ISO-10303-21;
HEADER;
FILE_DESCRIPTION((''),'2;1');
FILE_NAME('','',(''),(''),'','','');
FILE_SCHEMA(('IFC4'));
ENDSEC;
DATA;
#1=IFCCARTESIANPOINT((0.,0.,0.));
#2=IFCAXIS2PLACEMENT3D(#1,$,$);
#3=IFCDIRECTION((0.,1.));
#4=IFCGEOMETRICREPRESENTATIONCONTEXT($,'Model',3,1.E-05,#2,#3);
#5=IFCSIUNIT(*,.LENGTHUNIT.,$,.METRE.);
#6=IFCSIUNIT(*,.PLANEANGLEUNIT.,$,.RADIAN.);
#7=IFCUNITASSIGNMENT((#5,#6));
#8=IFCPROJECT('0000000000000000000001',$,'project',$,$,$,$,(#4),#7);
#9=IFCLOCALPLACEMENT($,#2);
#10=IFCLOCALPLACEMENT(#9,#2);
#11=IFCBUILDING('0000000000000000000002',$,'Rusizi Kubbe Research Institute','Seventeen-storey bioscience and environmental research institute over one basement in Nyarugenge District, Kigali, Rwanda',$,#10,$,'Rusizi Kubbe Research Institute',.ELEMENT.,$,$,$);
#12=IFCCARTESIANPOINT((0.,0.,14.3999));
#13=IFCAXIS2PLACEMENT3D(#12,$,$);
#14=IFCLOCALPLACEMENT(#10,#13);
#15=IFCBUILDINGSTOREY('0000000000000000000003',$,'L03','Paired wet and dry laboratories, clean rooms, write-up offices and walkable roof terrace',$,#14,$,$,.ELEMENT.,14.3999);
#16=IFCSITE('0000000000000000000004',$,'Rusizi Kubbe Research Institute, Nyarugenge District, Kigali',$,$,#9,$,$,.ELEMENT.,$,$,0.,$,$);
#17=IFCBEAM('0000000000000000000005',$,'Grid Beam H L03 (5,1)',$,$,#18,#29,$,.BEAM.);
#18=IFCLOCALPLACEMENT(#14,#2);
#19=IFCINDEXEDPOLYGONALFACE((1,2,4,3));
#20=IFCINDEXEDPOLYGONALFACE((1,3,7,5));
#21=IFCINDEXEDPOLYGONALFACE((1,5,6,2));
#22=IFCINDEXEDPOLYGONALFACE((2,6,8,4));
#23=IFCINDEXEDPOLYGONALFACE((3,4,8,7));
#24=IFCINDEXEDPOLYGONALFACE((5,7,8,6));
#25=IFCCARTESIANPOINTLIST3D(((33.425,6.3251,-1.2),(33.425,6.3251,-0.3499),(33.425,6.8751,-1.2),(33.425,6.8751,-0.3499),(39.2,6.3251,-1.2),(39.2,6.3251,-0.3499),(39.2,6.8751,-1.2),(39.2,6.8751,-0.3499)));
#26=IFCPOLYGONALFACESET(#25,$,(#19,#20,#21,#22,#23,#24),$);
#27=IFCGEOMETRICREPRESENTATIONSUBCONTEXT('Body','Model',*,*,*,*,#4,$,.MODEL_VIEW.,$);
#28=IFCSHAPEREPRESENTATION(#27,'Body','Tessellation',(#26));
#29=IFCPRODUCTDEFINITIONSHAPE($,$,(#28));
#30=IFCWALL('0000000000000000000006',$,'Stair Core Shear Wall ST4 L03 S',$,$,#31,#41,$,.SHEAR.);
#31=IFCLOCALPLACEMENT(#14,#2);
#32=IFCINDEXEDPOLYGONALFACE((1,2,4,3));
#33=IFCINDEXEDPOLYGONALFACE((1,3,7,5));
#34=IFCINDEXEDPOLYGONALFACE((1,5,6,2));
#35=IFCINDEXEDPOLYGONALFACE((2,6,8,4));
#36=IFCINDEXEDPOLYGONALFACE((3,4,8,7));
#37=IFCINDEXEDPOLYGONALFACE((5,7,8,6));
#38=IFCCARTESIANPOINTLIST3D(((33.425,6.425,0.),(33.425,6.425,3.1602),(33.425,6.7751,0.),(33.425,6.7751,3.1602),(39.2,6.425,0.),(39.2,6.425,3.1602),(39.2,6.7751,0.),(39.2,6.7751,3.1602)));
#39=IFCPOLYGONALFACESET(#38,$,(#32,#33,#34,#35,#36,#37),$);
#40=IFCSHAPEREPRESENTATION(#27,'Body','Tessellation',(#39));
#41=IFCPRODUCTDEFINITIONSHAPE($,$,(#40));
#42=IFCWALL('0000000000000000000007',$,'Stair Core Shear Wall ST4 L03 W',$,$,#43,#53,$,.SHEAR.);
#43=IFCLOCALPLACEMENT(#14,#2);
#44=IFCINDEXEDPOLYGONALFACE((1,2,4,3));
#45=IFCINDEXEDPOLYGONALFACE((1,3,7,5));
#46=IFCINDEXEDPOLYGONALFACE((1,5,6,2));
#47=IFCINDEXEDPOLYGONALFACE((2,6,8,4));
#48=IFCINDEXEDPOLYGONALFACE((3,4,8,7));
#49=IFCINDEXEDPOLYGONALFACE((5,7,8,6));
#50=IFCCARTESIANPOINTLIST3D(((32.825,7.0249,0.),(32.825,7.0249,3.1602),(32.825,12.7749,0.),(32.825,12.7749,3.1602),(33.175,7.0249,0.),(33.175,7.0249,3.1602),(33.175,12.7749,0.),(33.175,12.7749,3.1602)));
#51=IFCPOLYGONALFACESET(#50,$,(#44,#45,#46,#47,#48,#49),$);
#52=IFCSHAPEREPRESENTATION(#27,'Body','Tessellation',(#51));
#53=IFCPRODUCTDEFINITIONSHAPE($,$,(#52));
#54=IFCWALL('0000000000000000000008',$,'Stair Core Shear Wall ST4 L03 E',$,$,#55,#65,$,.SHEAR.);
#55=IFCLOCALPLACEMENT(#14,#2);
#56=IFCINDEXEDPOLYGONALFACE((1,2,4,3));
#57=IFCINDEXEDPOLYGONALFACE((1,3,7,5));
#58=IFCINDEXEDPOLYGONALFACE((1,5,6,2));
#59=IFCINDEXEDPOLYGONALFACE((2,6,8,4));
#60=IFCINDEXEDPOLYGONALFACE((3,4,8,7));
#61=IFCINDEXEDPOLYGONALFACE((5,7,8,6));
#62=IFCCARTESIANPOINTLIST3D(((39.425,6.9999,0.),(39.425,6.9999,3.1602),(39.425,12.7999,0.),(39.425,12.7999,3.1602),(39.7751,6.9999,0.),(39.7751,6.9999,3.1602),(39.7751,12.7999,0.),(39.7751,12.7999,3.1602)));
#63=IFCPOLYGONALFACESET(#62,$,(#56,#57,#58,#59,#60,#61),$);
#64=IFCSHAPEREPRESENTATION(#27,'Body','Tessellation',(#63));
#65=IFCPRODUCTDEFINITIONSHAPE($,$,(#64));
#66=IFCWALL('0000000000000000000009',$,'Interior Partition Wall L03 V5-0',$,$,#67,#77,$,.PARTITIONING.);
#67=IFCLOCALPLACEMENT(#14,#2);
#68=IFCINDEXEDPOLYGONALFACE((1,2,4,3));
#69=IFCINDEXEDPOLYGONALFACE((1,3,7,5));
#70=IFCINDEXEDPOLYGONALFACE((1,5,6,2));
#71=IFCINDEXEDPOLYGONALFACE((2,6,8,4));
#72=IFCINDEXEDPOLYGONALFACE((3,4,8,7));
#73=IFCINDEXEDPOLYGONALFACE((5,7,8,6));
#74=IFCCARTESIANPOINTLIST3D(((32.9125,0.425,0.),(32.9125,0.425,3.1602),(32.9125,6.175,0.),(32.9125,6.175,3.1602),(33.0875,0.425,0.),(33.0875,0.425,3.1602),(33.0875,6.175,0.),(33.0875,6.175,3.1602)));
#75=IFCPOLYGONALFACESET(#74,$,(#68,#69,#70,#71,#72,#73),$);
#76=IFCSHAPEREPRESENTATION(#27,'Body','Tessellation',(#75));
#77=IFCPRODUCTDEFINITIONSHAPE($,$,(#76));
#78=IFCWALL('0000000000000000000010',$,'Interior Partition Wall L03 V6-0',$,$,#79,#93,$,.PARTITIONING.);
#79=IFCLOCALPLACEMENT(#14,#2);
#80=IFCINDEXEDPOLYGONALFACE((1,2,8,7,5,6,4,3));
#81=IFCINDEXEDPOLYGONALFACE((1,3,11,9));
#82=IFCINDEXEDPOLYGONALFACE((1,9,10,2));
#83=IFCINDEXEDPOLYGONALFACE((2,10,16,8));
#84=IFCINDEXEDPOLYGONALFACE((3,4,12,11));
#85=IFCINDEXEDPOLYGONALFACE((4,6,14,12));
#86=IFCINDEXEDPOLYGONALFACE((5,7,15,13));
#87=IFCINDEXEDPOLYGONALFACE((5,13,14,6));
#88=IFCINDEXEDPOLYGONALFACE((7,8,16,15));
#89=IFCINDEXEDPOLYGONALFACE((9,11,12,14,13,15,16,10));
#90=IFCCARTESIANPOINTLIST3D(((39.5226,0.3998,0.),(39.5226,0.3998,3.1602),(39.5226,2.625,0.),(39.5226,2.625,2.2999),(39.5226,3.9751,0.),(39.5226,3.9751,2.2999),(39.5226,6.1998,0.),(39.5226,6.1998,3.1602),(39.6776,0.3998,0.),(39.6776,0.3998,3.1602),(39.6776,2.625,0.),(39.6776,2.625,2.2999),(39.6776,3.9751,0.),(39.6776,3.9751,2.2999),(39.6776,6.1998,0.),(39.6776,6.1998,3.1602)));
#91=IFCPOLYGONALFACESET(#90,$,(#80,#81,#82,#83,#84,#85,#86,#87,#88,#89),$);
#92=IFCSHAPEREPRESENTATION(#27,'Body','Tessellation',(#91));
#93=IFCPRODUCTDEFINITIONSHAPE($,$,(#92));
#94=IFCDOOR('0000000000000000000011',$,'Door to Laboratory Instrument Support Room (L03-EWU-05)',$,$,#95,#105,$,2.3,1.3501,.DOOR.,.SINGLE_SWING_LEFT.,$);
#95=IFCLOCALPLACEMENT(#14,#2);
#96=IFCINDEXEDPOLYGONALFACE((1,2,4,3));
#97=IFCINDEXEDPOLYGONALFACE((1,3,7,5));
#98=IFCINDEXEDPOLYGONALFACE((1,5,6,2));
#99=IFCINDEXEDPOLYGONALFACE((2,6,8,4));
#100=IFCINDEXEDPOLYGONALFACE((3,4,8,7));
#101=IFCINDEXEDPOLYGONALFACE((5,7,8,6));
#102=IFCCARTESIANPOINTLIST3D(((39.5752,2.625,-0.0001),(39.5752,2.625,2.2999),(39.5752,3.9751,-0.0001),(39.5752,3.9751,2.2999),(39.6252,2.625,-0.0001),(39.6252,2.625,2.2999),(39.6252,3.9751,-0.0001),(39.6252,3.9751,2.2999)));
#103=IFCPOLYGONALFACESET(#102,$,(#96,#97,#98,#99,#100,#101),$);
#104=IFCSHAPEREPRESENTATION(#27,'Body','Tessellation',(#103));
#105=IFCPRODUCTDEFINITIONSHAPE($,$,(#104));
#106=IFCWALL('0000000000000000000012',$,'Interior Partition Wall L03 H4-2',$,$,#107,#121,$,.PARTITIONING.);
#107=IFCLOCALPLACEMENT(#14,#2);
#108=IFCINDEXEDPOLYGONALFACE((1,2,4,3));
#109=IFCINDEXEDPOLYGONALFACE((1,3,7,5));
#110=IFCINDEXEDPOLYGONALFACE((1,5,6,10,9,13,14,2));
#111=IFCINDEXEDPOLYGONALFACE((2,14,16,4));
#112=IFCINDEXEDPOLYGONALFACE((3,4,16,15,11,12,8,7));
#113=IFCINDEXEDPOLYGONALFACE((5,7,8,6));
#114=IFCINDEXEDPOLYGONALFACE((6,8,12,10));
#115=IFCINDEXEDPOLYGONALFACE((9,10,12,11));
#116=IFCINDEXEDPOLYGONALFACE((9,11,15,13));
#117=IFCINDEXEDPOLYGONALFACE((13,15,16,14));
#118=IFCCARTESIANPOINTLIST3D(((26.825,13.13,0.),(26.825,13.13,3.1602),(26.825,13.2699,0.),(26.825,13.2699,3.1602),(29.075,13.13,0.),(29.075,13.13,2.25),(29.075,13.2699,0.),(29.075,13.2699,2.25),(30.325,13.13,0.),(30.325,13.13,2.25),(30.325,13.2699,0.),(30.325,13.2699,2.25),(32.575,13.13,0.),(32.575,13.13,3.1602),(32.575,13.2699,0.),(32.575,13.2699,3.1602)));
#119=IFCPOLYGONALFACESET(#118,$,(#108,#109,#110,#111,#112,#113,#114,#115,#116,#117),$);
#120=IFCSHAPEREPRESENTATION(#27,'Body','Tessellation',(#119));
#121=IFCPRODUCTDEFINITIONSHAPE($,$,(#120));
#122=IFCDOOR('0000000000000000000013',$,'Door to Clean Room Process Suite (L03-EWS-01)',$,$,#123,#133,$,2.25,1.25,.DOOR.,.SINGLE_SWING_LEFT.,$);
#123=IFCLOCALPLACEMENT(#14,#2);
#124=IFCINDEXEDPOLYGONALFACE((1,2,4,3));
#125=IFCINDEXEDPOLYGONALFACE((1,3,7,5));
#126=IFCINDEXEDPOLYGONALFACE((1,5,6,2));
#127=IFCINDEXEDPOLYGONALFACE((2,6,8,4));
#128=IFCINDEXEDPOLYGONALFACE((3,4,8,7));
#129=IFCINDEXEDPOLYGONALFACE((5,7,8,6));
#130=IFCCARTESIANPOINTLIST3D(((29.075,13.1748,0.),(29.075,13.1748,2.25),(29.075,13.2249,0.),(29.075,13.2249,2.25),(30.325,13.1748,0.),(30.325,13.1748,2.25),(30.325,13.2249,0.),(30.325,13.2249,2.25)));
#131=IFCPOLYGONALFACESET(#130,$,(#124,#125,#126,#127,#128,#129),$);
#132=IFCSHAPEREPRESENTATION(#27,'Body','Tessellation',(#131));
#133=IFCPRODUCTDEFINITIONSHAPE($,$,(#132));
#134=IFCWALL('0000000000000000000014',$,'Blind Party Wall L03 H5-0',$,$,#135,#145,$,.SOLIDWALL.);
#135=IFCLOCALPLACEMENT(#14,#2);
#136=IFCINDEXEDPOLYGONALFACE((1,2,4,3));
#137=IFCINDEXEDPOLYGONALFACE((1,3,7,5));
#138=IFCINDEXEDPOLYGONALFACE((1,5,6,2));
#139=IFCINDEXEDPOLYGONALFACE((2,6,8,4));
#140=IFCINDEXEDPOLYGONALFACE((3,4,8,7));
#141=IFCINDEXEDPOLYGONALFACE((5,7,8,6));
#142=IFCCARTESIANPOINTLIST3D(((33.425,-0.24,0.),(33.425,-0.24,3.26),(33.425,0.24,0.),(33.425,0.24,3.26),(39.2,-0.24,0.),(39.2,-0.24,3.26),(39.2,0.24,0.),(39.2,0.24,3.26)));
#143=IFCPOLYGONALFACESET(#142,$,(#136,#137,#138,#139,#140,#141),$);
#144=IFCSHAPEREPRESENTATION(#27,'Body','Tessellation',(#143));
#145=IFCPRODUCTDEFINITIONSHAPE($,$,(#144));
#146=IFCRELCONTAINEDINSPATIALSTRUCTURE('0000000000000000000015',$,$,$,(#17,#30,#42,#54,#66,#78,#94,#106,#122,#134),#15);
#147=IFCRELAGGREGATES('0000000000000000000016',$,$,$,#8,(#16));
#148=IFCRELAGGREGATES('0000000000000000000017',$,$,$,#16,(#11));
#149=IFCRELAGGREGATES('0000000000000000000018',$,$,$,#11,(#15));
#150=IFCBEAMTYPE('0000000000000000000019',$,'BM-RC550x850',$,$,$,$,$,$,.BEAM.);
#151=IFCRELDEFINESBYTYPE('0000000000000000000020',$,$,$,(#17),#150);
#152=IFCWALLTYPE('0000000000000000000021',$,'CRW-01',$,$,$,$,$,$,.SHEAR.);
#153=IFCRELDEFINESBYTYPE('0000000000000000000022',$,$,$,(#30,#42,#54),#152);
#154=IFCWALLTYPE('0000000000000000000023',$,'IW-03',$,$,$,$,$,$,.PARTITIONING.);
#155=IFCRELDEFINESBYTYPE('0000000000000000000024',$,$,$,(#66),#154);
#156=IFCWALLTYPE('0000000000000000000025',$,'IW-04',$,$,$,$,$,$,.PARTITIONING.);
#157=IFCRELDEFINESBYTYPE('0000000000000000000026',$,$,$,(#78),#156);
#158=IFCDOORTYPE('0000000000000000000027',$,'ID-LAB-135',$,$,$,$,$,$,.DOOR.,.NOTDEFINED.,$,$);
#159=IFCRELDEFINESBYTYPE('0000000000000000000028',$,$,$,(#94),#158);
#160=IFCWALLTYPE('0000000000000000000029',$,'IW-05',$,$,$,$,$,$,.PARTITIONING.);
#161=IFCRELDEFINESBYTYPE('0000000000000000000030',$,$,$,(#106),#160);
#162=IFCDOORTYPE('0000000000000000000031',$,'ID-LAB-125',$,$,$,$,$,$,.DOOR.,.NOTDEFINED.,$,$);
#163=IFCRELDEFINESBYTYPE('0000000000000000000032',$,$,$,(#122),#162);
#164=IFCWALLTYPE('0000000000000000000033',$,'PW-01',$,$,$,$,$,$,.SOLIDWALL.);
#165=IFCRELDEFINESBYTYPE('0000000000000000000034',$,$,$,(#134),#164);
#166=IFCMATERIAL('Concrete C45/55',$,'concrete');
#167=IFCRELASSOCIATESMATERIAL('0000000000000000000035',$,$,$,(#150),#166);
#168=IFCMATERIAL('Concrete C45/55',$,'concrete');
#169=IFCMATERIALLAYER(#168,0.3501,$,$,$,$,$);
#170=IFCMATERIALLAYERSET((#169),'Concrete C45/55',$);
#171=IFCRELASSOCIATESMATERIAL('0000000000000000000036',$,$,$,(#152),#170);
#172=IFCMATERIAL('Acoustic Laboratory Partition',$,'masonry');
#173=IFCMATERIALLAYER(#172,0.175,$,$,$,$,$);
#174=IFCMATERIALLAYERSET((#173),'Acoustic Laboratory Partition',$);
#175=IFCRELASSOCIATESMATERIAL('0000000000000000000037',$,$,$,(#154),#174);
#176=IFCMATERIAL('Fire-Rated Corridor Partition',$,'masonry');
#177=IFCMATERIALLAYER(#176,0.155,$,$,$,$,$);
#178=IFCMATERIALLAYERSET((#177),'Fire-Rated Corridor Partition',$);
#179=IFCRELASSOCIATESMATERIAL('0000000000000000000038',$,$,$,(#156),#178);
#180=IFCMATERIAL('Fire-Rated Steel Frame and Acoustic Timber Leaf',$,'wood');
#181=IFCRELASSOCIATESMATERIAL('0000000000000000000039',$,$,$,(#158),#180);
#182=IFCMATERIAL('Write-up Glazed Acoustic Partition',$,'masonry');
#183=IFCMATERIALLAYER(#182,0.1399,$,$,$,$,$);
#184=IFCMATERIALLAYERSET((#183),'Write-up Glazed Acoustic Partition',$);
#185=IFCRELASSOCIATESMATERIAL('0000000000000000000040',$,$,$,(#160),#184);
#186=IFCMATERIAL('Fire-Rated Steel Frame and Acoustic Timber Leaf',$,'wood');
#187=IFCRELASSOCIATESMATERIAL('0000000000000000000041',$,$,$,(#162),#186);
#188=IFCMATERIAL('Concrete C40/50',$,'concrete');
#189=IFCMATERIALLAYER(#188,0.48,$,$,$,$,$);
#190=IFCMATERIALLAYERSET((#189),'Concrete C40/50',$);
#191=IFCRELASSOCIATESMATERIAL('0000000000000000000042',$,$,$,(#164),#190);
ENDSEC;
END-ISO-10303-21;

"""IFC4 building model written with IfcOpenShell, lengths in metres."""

from ifc_helpers import new_model, si_unit, direction, frame, frame_2d, origin, origin_2d, place, context, subcontext, project, spatial, rectangle, extrude, material, layer, layer_set, material_profile, profile_set, type_object, element, fill, save


model = new_model("IFC4")

# Units and contexts
model_context = context("Model", 3, precision=1e-05, world=origin(), true_north=direction((0.0, 1.0)))
body_context = subcontext(model_context, "Body", "Model", "MODEL_VIEW")
ifc_project = project(units=[si_unit("LENGTHUNIT", "METRE"), si_unit("PLANEANGLEUNIT", "RADIAN")], contexts=[model_context])

# Site, building, storey
site_placement = place(None, origin())
site = spatial("IfcSite", under=ifc_project, at=site_placement, Name="Rusizi Kubbe Research Institute, Nyarugenge District, Kigali", CompositionType="ELEMENT", RefElevation=0.0)
building_placement = place(site_placement, origin())
building = spatial("IfcBuilding", under=site, at=building_placement, Name="Rusizi Kubbe Research Institute", Description="Seventeen-storey bioscience and environmental research institute over one basement in Nyarugenge District, Kigali, Rwanda", LongName="Rusizi Kubbe Research Institute", CompositionType="ELEMENT")
storey_placement = place(building_placement, frame((0.0, 0.0, 14.3999)))
storey = spatial("IfcBuildingStorey", under=building, at=storey_placement, Name="L03", Description="Paired wet and dry laboratories, clean rooms, write-up offices and walkable roof terrace", CompositionType="ELEMENT", Elevation=14.3999)

# Beam
ifc_material_1 = material(Name="Concrete C45/55", Category="concrete")
ifc_material_profile_1 = material_profile(ifc_material_1, rectangle(XDim=0.55, YDim=0.8501, at=origin_2d()), Name="RC550x850")
ifc_profile_set_1 = profile_set([ifc_material_profile_1], Name="Concrete C45/55")
beam_type_1 = type_object("IfcBeamType", Name="BM-RC550x850", PredefinedType="BEAM", material=ifc_profile_set_1)
beam_1_placement = place(storey_placement, frame((33.425, 6.6001, -0.7749), z_axis=(1.0, 0.0, 0.0), x_axis=(0.0, 1.0, 0.0)))
element("IfcBeam", 1, at=beam_1_placement, inside=storey, type_object=beam_type_1, Name="Grid Beam H L03 (5,1)", PredefinedType="BEAM", context=body_context, shape_type="SweptSolid", body=[
    extrude(rectangle(XDim=0.55, YDim=0.8501, at=origin_2d()), origin(), (0.0, 0.0, 1.0), 5.7749),
])

# Wall
ifc_material_2 = material(Name="Concrete C45/55", Category="concrete")
ifc_layer_1 = layer(ifc_material_2, 0.3501)
ifc_layer_set_1 = layer_set([ifc_layer_1], Name="Concrete C45/55")
wall_type_1 = type_object("IfcWallType", Name="CRW-01", PredefinedType="SHEAR", material=ifc_layer_set_1)
wall_1_placement = place(storey_placement, frame((33.425, 6.6001, 0.0), z_axis=(0.0, 0.0, 1.0), x_axis=(1.0, 0.0, 0.0)))
element("IfcWall", 2, at=wall_1_placement, inside=storey, type_object=wall_type_1, Name="Stair Core Shear Wall ST4 L03 S", PredefinedType="SHEAR", context=body_context, shape_type="SweptSolid", body=[
    extrude(rectangle(XDim=5.7749, YDim=0.3501, at=frame_2d((2.8875, 0.0))), origin(), (0.0, 0.0, 1.0), 3.1602),
])

# Walls
wall_2_placement = place(storey_placement, frame((33.0, 7.0249, 0.0), z_axis=(0.0, 0.0, 1.0), x_axis=(0.0, 1.0, 0.0)))
element("IfcWall", 3, at=wall_2_placement, inside=storey, type_object=wall_type_1, Name="Stair Core Shear Wall ST4 L03 W", PredefinedType="SHEAR", context=body_context, shape_type="SweptSolid", body=[
    extrude(rectangle(XDim=5.75, YDim=0.3501, at=frame_2d((2.875, 0.0))), origin(), (0.0, 0.0, 1.0), 3.1602),
])
wall_3_placement = place(storey_placement, frame((39.6001, 7.0, 0.0), z_axis=(0.0, 0.0, 1.0), x_axis=(0.0, 1.0, 0.0)))
element("IfcWall", 4, at=wall_3_placement, inside=storey, type_object=wall_type_1, Name="Stair Core Shear Wall ST4 L03 E", PredefinedType="SHEAR", context=body_context, shape_type="SweptSolid", body=[
    extrude(rectangle(XDim=5.8, YDim=0.3501, at=frame_2d((2.8999, 0.0))), origin(), (0.0, 0.0, 1.0), 3.1602),
])
ifc_material_3 = material(Name="Acoustic Laboratory Partition", Category="masonry")
ifc_layer_2 = layer(ifc_material_3, 0.175)
ifc_layer_set_2 = layer_set([ifc_layer_2], Name="Acoustic Laboratory Partition")
wall_type_2 = type_object("IfcWallType", Name="IW-03", PredefinedType="PARTITIONING", material=ifc_layer_set_2)
wall_4_placement = place(storey_placement, frame((33.0, 0.425, 0.0), z_axis=(0.0, 0.0, 1.0), x_axis=(0.0, 1.0, 0.0)))
element("IfcWall", 5, at=wall_4_placement, inside=storey, type_object=wall_type_2, Name="Interior Partition Wall L03 V5-0", PredefinedType="PARTITIONING", context=body_context, shape_type="SweptSolid", body=[
    extrude(rectangle(XDim=5.75, YDim=0.175, at=frame_2d((2.875, 0.0))), origin(), (0.0, 0.0, 1.0), 3.1602),
])

# Walls, openings, doors
ifc_material_4 = material(Name="Fire-Rated Corridor Partition", Category="masonry")
ifc_layer_3 = layer(ifc_material_4, 0.155)
ifc_layer_set_3 = layer_set([ifc_layer_3], Name="Fire-Rated Corridor Partition")
wall_type_3 = type_object("IfcWallType", Name="IW-04", PredefinedType="PARTITIONING", material=ifc_layer_set_3)
wall_5_placement = place(storey_placement, frame((39.6001, 0.3999, 0.0), z_axis=(0.0, 0.0, 1.0), x_axis=(0.0, 1.0, 0.0)))
wall_5 = element("IfcWall", 6, at=wall_5_placement, inside=storey, type_object=wall_type_3, Name="Interior Partition Wall L03 V6-0", PredefinedType="PARTITIONING", context=body_context, shape_type="SweptSolid", body=[
    extrude(rectangle(XDim=5.8, YDim=0.155, at=frame_2d((2.8999, 0.0))), origin(), (0.0, 0.0, 1.0), 3.1602),
])
opening_1_placement = place(wall_5_placement, frame((2.2251, 0.0, 0.0)))
opening_1 = element("IfcOpeningElement", 7, at=opening_1_placement, cuts=wall_5, PredefinedType="OPENING", context=body_context, shape_type="SweptSolid", body=[
    extrude(rectangle(XDim=1.3501, YDim=2.3, at=frame_2d((0.675, 1.1499))), frame((0.0, 0.0874, 0.0), z_axis=(0.0, -1.0, 0.0), x_axis=(1.0, 0.0, 0.0)), (0.0, 0.0, 1.0), 0.175),
])
ifc_material_5 = material(Name="Fire-Rated Steel Frame and Acoustic Timber Leaf", Category="wood")
door_type_1 = type_object("IfcDoorType", Name="ID-LAB-135", OperationType="NOTDEFINED", PredefinedType="DOOR", material=ifc_material_5)
door_1_placement = place(opening_1_placement, origin())
door_1 = element("IfcDoor", 8, at=door_1_placement, inside=storey, type_object=door_type_1, Name="Door to Laboratory Instrument Support Room (L03-EWU-05)", OperationType="SINGLE_SWING_LEFT", OverallHeight=2.3, OverallWidth=1.3501, PredefinedType="DOOR", context=body_context, shape_type="SweptSolid", body=[
    extrude(rectangle(XDim=1.3501, YDim=2.3, at=frame_2d((0.675, 1.1499))), frame((0.0, 0.0249, 0.0), z_axis=(0.0, -1.0, 0.0), x_axis=(1.0, 0.0, 0.0)), (0.0, 0.0, 1.0), 0.05),
])
fill(opening_1, door_1)
ifc_material_6 = material(Name="Write-up Glazed Acoustic Partition", Category="masonry")
ifc_layer_4 = layer(ifc_material_6, 0.1399)
ifc_layer_set_4 = layer_set([ifc_layer_4], Name="Write-up Glazed Acoustic Partition")
wall_type_4 = type_object("IfcWallType", Name="IW-05", PredefinedType="PARTITIONING", material=ifc_layer_set_4)
wall_6_placement = place(storey_placement, frame((26.825, 13.2, 0.0), z_axis=(0.0, 0.0, 1.0), x_axis=(1.0, 0.0, 0.0)))
wall_6 = element("IfcWall", 9, at=wall_6_placement, inside=storey, type_object=wall_type_4, Name="Interior Partition Wall L03 H4-2", PredefinedType="PARTITIONING", context=body_context, shape_type="SweptSolid", body=[
    extrude(rectangle(XDim=5.75, YDim=0.1399, at=frame_2d((2.875, 0.0))), origin(), (0.0, 0.0, 1.0), 3.1602),
])
opening_2_placement = place(wall_6_placement, frame((2.25, 0.0, 0.0)))
opening_2 = element("IfcOpeningElement", 10, at=opening_2_placement, cuts=wall_6, PredefinedType="OPENING", context=body_context, shape_type="SweptSolid", body=[
    extrude(rectangle(XDim=1.25, YDim=2.25, at=frame_2d((0.625, 1.125))), frame((0.0, 0.0798, 0.0), z_axis=(0.0, -1.0, 0.0), x_axis=(1.0, 0.0, 0.0)), (0.0, 0.0, 1.0), 0.1599),
])
ifc_material_7 = material(Name="Fire-Rated Steel Frame and Acoustic Timber Leaf", Category="wood")
door_type_2 = type_object("IfcDoorType", Name="ID-LAB-125", OperationType="NOTDEFINED", PredefinedType="DOOR", material=ifc_material_7)
door_2_placement = place(opening_2_placement, origin())
door_2 = element("IfcDoor", 11, at=door_2_placement, inside=storey, type_object=door_type_2, Name="Door to Clean Room Process Suite (L03-EWS-01)", OperationType="SINGLE_SWING_LEFT", OverallHeight=2.25, OverallWidth=1.25, PredefinedType="DOOR", context=body_context, shape_type="SweptSolid", body=[
    extrude(rectangle(XDim=1.25, YDim=2.25, at=frame_2d((0.625, 1.125))), frame((0.0, 0.0249, 0.0), z_axis=(0.0, -1.0, 0.0), x_axis=(1.0, 0.0, 0.0)), (0.0, 0.0, 1.0), 0.05),
])
fill(opening_2, door_2)

# Wall
ifc_material_8 = material(Name="Concrete C40/50", Category="concrete")
ifc_layer_5 = layer(ifc_material_8, 0.48)
ifc_layer_set_5 = layer_set([ifc_layer_5], Name="Concrete C40/50")
wall_type_5 = type_object("IfcWallType", Name="PW-01", PredefinedType="SOLIDWALL", material=ifc_layer_set_5)
wall_7_placement = place(storey_placement, frame((33.425, 0.0, 0.0), z_axis=(0.0, 0.0, 1.0), x_axis=(1.0, 0.0, 0.0)))
element("IfcWall", 12, at=wall_7_placement, inside=storey, type_object=wall_type_5, Name="Blind Party Wall L03 H5-0", PredefinedType="SOLIDWALL", context=body_context, shape_type="SweptSolid", body=[
    extrude(rectangle(XDim=5.7749, YDim=0.48, at=frame_2d((2.8875, 0.0))), origin(), (0.0, 0.0, 1.0), 3.26),
])

save(model, "model.ifc")
